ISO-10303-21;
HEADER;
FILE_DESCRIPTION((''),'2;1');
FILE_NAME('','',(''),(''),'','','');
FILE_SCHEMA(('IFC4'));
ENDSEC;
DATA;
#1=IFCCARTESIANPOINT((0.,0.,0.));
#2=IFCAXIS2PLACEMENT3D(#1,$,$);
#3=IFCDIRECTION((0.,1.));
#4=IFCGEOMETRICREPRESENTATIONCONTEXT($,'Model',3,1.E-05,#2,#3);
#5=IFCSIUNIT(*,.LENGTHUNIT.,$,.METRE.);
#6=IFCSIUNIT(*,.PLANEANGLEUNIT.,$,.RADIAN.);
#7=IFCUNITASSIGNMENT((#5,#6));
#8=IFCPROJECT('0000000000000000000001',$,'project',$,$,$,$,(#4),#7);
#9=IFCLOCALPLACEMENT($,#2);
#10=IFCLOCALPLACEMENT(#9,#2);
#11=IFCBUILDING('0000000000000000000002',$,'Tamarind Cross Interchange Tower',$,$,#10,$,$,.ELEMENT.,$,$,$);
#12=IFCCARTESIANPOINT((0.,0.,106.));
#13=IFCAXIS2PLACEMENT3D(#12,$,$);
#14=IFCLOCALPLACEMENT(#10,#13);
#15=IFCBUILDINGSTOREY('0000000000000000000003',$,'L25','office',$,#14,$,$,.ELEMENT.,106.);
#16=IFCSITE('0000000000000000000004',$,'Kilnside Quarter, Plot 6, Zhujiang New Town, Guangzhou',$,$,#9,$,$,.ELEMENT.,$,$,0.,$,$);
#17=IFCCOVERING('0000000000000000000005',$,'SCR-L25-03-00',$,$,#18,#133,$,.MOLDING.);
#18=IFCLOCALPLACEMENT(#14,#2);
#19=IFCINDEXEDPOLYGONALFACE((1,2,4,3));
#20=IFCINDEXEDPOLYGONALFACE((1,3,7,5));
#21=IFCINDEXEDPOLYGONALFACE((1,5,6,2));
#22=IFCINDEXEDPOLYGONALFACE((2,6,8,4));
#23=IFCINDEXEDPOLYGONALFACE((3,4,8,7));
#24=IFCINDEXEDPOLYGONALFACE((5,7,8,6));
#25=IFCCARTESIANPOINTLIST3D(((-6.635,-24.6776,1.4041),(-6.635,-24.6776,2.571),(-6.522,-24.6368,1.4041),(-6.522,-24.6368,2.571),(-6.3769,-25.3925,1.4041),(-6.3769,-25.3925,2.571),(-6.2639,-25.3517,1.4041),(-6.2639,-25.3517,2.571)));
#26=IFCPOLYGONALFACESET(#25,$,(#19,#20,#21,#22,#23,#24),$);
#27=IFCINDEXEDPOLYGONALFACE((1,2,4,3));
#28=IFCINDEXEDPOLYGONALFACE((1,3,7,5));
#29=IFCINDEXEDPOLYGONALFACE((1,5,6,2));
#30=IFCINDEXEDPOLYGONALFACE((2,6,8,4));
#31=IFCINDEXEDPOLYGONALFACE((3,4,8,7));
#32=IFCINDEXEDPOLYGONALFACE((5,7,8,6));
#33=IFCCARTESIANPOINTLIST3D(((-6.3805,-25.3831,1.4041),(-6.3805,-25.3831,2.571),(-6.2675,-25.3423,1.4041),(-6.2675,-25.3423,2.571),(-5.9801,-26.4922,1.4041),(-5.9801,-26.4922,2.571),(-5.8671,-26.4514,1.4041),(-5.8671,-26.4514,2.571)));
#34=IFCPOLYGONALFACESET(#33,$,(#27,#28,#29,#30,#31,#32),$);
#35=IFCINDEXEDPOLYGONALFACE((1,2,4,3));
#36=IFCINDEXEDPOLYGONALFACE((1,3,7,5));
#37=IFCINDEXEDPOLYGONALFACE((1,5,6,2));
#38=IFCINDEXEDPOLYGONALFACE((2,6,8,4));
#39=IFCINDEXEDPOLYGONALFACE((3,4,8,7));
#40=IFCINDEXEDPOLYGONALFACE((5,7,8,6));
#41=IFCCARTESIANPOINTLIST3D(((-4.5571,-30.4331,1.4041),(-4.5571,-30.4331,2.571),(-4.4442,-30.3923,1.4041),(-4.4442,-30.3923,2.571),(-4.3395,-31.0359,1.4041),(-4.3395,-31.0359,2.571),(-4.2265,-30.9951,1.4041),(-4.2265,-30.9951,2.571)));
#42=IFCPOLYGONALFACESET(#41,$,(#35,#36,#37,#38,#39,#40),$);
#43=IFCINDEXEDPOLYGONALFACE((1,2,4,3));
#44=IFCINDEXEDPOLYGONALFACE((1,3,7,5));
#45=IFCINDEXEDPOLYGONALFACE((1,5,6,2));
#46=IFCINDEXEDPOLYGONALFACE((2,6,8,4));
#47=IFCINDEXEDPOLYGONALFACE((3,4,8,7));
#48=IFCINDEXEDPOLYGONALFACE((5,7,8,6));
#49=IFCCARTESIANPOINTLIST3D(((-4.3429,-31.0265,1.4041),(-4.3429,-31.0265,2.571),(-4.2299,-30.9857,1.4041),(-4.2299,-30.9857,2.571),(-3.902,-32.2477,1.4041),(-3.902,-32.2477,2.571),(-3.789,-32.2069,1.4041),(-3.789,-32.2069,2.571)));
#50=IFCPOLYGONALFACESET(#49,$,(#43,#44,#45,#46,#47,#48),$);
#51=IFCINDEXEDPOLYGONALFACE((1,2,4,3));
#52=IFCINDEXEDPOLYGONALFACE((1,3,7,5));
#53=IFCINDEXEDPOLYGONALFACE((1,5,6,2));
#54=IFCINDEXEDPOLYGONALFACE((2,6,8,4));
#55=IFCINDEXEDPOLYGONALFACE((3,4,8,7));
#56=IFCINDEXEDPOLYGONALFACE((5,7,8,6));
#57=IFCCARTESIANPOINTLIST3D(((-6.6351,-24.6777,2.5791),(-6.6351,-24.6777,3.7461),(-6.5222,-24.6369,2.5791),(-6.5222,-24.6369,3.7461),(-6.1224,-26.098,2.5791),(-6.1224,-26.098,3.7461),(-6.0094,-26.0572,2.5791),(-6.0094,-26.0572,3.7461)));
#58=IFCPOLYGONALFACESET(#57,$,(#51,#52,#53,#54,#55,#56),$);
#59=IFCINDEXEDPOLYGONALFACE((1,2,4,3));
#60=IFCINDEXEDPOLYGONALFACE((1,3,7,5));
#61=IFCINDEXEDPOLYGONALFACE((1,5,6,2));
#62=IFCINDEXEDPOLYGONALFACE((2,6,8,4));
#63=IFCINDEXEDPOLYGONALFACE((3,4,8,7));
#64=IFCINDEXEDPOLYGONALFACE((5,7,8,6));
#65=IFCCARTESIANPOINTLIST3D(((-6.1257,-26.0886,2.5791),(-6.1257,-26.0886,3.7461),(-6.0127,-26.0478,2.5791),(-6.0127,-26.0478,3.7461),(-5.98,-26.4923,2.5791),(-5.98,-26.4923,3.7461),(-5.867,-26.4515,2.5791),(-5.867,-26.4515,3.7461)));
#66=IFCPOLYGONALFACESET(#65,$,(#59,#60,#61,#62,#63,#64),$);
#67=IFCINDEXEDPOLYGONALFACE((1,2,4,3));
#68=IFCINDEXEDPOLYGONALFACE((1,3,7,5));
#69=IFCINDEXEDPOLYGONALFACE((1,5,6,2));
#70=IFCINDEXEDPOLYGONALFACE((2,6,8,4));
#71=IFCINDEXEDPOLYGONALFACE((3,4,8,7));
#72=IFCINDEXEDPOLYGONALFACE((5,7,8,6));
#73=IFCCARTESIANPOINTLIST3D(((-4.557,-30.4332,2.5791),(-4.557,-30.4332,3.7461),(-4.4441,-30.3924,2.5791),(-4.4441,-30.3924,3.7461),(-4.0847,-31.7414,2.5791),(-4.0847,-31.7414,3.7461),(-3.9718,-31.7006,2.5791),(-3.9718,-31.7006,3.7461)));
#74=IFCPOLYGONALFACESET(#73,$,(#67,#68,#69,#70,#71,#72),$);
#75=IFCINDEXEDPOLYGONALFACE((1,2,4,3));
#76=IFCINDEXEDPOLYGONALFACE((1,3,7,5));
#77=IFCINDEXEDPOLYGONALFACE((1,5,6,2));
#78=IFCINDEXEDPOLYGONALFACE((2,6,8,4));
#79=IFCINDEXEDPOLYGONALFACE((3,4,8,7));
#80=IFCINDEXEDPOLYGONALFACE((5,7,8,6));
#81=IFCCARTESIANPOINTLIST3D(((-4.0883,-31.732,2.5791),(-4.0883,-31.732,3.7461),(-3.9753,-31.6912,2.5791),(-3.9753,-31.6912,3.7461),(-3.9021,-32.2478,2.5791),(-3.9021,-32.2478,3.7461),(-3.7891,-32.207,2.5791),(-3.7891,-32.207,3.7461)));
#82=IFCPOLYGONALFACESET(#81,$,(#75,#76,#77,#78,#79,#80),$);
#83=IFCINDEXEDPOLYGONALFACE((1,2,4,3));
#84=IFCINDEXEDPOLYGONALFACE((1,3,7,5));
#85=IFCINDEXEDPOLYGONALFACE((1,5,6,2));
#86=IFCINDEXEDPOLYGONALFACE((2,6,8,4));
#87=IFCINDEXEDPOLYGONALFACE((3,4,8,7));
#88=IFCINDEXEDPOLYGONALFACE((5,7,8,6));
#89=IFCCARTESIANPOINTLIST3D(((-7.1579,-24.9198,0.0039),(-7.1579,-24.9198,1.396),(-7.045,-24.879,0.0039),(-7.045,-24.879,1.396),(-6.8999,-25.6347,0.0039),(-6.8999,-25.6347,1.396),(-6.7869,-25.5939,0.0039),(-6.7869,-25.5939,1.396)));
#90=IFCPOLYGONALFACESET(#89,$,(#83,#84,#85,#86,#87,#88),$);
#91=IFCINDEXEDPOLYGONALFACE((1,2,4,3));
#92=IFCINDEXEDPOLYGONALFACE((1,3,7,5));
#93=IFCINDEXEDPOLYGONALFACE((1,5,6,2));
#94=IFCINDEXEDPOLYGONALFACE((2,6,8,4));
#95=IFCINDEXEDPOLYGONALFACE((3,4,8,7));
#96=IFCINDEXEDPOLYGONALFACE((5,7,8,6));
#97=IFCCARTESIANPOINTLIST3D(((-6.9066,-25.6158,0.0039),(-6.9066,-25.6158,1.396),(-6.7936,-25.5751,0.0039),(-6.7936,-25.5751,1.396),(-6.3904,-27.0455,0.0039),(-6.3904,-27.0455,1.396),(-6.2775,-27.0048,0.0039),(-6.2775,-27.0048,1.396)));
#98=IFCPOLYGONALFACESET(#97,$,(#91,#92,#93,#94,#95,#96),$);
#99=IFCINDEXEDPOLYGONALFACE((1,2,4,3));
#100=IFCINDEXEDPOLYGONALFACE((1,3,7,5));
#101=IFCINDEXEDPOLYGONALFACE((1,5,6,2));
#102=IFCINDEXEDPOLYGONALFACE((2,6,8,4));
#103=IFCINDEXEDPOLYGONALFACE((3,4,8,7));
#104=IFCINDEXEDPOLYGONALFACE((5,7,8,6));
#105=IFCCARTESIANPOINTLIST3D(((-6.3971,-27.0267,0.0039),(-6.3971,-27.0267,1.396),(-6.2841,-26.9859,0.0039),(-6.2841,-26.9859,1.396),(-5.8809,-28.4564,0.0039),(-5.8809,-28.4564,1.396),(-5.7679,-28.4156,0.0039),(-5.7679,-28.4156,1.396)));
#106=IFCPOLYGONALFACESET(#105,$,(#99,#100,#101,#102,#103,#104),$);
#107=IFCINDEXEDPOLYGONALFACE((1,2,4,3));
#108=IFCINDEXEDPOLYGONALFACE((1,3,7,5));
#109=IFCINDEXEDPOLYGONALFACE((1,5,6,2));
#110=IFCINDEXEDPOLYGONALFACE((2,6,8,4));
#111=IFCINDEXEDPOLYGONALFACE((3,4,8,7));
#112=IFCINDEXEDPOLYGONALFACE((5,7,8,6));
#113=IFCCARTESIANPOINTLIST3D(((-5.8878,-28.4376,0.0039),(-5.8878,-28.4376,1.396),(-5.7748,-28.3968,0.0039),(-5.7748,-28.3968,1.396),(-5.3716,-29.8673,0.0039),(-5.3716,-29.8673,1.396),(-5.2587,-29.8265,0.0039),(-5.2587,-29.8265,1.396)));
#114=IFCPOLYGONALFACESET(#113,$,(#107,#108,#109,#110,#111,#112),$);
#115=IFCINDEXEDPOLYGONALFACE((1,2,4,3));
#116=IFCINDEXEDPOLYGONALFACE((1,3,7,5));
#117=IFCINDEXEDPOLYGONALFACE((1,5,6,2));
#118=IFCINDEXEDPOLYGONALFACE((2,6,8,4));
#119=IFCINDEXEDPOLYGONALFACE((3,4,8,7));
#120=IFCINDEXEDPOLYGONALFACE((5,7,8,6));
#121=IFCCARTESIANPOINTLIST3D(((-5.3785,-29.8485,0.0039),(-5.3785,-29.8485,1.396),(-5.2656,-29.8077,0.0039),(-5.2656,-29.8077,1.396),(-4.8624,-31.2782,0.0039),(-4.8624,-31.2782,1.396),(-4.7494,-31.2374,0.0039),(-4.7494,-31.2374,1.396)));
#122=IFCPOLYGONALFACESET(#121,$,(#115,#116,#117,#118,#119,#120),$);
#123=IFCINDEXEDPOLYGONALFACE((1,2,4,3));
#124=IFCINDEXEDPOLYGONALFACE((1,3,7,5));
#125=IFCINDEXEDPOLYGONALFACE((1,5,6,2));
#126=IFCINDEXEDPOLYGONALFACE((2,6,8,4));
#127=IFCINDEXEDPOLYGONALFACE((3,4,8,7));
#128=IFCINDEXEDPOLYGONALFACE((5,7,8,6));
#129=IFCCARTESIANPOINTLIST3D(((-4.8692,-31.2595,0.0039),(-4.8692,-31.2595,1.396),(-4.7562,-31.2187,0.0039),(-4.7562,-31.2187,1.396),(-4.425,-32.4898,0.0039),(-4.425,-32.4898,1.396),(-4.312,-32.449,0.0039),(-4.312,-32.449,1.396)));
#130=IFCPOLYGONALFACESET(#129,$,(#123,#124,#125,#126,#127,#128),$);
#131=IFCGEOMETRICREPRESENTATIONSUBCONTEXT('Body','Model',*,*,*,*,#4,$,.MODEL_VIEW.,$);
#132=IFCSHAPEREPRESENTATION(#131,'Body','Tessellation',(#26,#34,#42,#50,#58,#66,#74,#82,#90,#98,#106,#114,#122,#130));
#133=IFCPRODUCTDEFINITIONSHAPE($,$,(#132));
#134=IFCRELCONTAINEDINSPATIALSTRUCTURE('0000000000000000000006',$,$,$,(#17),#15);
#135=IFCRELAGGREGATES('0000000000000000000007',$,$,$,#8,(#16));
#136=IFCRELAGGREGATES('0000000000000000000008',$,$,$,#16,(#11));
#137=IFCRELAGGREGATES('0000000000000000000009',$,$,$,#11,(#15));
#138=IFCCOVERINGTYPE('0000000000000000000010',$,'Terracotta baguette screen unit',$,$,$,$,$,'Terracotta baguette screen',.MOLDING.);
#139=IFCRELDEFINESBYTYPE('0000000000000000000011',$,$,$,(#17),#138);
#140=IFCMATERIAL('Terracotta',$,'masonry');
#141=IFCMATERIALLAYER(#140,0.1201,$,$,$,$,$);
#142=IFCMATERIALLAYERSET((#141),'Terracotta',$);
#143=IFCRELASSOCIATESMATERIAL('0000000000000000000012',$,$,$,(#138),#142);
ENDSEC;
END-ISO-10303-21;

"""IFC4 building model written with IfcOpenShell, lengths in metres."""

from ifc_helpers import new_model, si_unit, direction, frame, origin, origin_2d, place, context, subcontext, project, spatial, rectangle, extrude, material, layer, layer_set, type_object, element, save


model = new_model("IFC4")

# Units and contexts
model_context = context("Model", 3, precision=1e-05, world=origin(), true_north=direction((0.0, 1.0)))
body_context = subcontext(model_context, "Body", "Model", "MODEL_VIEW")
ifc_project = project(units=[si_unit("LENGTHUNIT", "METRE"), si_unit("PLANEANGLEUNIT", "RADIAN")], contexts=[model_context])

# Site, building, storey
site_placement = place(None, origin())
site = spatial("IfcSite", under=ifc_project, at=site_placement, Name="Kilnside Quarter, Plot 6, Zhujiang New Town, Guangzhou", CompositionType="ELEMENT", RefElevation=0.0)
building_placement = place(site_placement, origin())
building = spatial("IfcBuilding", under=site, at=building_placement, Name="Tamarind Cross Interchange Tower", CompositionType="ELEMENT")
storey_placement = place(building_placement, frame((0.0, 0.0, 106.0)))
storey = spatial("IfcBuildingStorey", under=building, at=storey_placement, Name="L25", Description="office", CompositionType="ELEMENT", Elevation=106.0)

# Covering
ifc_material_1 = material(Name="Terracotta", Category="masonry")
ifc_layer_1 = layer(ifc_material_1, 0.1201)
ifc_layer_set_1 = layer_set([ifc_layer_1], Name="Terracotta")
covering_type = type_object("IfcCoveringType", Name="Terracotta baguette screen unit", ElementType="Terracotta baguette screen", PredefinedType="MOLDING", material=ifc_layer_set_1)
covering_1_placement = place(storey_placement, origin())
element("IfcCovering", 1, at=covering_1_placement, inside=storey, type_object=covering_type, Name="SCR-L25-03-00", PredefinedType="MOLDING", context=body_context, shape_type="SweptSolid", body=[
    extrude(rectangle(XDim=0.76, YDim=0.1201, at=origin_2d()), frame((-6.4495, -25.0146, 1.4041), z_axis=(0.0, 0.0, 1.0), x_axis=(0.339579, -0.940578, 0.0)), (0.0, 0.0, 1.0), 1.167),
    extrude(rectangle(XDim=1.1792, YDim=0.1201, at=origin_2d()), frame((-6.1238, -25.9172, 1.4041), z_axis=(0.0, 0.0, 1.0), x_axis=(0.339579, -0.940578, 0.0)), (0.0, 0.0, 1.0), 1.167),
    extrude(rectangle(XDim=0.6409, YDim=0.1201, at=origin_2d()), frame((-4.3918, -30.7141, 1.4041), z_axis=(0.0, 0.0, 1.0), x_axis=(0.339579, -0.940578, 0.0)), (0.0, 0.0, 1.0), 1.167),
    extrude(rectangle(XDim=1.2983, YDim=0.1201, at=origin_2d()), frame((-4.0659, -31.6167, 1.4041), z_axis=(0.0, 0.0, 1.0), x_axis=(0.339579, -0.940578, 0.0)), (0.0, 0.0, 1.0), 1.167),
    extrude(rectangle(XDim=1.51, YDim=0.1201, at=origin_2d()), frame((-6.3223, -25.3674, 2.5791), z_axis=(0.0, 0.0, 1.0), x_axis=(0.339579, -0.940578, 0.0)), (0.0, 0.0, 1.0), 1.167),
    extrude(rectangle(XDim=0.4292, YDim=0.1201, at=origin_2d()), frame((-5.9963, -26.27, 2.5791), z_axis=(0.0, 0.0, 1.0), x_axis=(0.339579, -0.940578, 0.0)), (0.0, 0.0, 1.0), 1.167),
    extrude(rectangle(XDim=1.3909, YDim=0.1201, at=origin_2d()), frame((-4.2644, -31.0669, 2.5791), z_axis=(0.0, 0.0, 1.0), x_axis=(0.339579, -0.940578, 0.0)), (0.0, 0.0, 1.0), 1.167),
    extrude(rectangle(XDim=0.5483, YDim=0.1201, at=origin_2d()), frame((-3.9387, -31.9695, 2.5791), z_axis=(0.0, 0.0, 1.0), x_axis=(0.339579, -0.940578, 0.0)), (0.0, 0.0, 1.0), 1.167),
    extrude(rectangle(XDim=0.76, YDim=0.1201, at=origin_2d()), frame((-6.9724, -25.2568, 0.0039), z_axis=(0.0, 0.0, 1.0), x_axis=(0.339579, -0.940578, 0.0)), (0.0, 0.0, 1.0), 1.3921),
    extrude(rectangle(XDim=1.52, YDim=0.1201, at=origin_2d()), frame((-6.592, -26.3103, 0.0039), z_axis=(0.0, 0.0, 1.0), x_axis=(0.339579, -0.940578, 0.0)), (0.0, 0.0, 1.0), 1.3921),
    extrude(rectangle(XDim=1.52, YDim=0.1201, at=origin_2d()), frame((-6.0825, -27.7212, 0.0039), z_axis=(0.0, 0.0, 1.0), x_axis=(0.339579, -0.940578, 0.0)), (0.0, 0.0, 1.0), 1.3921),
    extrude(rectangle(XDim=1.52, YDim=0.1201, at=origin_2d()), frame((-5.5732, -29.1321, 0.0039), z_axis=(0.0, 0.0, 1.0), x_axis=(0.339579, -0.940578, 0.0)), (0.0, 0.0, 1.0), 1.3921),
    extrude(rectangle(XDim=1.52, YDim=0.1201, at=origin_2d()), frame((-5.064, -30.543, 0.0039), z_axis=(0.0, 0.0, 1.0), x_axis=(0.339579, -0.940578, 0.0)), (0.0, 0.0, 1.0), 1.3921),
    extrude(rectangle(XDim=1.3081, YDim=0.1201, at=origin_2d()), frame((-4.5906, -31.8542, 0.0039), z_axis=(0.0, 0.0, 1.0), x_axis=(0.339579, -0.940578, 0.0)), (0.0, 0.0, 1.0), 1.3921),
])

save(model, "model.ifc")
